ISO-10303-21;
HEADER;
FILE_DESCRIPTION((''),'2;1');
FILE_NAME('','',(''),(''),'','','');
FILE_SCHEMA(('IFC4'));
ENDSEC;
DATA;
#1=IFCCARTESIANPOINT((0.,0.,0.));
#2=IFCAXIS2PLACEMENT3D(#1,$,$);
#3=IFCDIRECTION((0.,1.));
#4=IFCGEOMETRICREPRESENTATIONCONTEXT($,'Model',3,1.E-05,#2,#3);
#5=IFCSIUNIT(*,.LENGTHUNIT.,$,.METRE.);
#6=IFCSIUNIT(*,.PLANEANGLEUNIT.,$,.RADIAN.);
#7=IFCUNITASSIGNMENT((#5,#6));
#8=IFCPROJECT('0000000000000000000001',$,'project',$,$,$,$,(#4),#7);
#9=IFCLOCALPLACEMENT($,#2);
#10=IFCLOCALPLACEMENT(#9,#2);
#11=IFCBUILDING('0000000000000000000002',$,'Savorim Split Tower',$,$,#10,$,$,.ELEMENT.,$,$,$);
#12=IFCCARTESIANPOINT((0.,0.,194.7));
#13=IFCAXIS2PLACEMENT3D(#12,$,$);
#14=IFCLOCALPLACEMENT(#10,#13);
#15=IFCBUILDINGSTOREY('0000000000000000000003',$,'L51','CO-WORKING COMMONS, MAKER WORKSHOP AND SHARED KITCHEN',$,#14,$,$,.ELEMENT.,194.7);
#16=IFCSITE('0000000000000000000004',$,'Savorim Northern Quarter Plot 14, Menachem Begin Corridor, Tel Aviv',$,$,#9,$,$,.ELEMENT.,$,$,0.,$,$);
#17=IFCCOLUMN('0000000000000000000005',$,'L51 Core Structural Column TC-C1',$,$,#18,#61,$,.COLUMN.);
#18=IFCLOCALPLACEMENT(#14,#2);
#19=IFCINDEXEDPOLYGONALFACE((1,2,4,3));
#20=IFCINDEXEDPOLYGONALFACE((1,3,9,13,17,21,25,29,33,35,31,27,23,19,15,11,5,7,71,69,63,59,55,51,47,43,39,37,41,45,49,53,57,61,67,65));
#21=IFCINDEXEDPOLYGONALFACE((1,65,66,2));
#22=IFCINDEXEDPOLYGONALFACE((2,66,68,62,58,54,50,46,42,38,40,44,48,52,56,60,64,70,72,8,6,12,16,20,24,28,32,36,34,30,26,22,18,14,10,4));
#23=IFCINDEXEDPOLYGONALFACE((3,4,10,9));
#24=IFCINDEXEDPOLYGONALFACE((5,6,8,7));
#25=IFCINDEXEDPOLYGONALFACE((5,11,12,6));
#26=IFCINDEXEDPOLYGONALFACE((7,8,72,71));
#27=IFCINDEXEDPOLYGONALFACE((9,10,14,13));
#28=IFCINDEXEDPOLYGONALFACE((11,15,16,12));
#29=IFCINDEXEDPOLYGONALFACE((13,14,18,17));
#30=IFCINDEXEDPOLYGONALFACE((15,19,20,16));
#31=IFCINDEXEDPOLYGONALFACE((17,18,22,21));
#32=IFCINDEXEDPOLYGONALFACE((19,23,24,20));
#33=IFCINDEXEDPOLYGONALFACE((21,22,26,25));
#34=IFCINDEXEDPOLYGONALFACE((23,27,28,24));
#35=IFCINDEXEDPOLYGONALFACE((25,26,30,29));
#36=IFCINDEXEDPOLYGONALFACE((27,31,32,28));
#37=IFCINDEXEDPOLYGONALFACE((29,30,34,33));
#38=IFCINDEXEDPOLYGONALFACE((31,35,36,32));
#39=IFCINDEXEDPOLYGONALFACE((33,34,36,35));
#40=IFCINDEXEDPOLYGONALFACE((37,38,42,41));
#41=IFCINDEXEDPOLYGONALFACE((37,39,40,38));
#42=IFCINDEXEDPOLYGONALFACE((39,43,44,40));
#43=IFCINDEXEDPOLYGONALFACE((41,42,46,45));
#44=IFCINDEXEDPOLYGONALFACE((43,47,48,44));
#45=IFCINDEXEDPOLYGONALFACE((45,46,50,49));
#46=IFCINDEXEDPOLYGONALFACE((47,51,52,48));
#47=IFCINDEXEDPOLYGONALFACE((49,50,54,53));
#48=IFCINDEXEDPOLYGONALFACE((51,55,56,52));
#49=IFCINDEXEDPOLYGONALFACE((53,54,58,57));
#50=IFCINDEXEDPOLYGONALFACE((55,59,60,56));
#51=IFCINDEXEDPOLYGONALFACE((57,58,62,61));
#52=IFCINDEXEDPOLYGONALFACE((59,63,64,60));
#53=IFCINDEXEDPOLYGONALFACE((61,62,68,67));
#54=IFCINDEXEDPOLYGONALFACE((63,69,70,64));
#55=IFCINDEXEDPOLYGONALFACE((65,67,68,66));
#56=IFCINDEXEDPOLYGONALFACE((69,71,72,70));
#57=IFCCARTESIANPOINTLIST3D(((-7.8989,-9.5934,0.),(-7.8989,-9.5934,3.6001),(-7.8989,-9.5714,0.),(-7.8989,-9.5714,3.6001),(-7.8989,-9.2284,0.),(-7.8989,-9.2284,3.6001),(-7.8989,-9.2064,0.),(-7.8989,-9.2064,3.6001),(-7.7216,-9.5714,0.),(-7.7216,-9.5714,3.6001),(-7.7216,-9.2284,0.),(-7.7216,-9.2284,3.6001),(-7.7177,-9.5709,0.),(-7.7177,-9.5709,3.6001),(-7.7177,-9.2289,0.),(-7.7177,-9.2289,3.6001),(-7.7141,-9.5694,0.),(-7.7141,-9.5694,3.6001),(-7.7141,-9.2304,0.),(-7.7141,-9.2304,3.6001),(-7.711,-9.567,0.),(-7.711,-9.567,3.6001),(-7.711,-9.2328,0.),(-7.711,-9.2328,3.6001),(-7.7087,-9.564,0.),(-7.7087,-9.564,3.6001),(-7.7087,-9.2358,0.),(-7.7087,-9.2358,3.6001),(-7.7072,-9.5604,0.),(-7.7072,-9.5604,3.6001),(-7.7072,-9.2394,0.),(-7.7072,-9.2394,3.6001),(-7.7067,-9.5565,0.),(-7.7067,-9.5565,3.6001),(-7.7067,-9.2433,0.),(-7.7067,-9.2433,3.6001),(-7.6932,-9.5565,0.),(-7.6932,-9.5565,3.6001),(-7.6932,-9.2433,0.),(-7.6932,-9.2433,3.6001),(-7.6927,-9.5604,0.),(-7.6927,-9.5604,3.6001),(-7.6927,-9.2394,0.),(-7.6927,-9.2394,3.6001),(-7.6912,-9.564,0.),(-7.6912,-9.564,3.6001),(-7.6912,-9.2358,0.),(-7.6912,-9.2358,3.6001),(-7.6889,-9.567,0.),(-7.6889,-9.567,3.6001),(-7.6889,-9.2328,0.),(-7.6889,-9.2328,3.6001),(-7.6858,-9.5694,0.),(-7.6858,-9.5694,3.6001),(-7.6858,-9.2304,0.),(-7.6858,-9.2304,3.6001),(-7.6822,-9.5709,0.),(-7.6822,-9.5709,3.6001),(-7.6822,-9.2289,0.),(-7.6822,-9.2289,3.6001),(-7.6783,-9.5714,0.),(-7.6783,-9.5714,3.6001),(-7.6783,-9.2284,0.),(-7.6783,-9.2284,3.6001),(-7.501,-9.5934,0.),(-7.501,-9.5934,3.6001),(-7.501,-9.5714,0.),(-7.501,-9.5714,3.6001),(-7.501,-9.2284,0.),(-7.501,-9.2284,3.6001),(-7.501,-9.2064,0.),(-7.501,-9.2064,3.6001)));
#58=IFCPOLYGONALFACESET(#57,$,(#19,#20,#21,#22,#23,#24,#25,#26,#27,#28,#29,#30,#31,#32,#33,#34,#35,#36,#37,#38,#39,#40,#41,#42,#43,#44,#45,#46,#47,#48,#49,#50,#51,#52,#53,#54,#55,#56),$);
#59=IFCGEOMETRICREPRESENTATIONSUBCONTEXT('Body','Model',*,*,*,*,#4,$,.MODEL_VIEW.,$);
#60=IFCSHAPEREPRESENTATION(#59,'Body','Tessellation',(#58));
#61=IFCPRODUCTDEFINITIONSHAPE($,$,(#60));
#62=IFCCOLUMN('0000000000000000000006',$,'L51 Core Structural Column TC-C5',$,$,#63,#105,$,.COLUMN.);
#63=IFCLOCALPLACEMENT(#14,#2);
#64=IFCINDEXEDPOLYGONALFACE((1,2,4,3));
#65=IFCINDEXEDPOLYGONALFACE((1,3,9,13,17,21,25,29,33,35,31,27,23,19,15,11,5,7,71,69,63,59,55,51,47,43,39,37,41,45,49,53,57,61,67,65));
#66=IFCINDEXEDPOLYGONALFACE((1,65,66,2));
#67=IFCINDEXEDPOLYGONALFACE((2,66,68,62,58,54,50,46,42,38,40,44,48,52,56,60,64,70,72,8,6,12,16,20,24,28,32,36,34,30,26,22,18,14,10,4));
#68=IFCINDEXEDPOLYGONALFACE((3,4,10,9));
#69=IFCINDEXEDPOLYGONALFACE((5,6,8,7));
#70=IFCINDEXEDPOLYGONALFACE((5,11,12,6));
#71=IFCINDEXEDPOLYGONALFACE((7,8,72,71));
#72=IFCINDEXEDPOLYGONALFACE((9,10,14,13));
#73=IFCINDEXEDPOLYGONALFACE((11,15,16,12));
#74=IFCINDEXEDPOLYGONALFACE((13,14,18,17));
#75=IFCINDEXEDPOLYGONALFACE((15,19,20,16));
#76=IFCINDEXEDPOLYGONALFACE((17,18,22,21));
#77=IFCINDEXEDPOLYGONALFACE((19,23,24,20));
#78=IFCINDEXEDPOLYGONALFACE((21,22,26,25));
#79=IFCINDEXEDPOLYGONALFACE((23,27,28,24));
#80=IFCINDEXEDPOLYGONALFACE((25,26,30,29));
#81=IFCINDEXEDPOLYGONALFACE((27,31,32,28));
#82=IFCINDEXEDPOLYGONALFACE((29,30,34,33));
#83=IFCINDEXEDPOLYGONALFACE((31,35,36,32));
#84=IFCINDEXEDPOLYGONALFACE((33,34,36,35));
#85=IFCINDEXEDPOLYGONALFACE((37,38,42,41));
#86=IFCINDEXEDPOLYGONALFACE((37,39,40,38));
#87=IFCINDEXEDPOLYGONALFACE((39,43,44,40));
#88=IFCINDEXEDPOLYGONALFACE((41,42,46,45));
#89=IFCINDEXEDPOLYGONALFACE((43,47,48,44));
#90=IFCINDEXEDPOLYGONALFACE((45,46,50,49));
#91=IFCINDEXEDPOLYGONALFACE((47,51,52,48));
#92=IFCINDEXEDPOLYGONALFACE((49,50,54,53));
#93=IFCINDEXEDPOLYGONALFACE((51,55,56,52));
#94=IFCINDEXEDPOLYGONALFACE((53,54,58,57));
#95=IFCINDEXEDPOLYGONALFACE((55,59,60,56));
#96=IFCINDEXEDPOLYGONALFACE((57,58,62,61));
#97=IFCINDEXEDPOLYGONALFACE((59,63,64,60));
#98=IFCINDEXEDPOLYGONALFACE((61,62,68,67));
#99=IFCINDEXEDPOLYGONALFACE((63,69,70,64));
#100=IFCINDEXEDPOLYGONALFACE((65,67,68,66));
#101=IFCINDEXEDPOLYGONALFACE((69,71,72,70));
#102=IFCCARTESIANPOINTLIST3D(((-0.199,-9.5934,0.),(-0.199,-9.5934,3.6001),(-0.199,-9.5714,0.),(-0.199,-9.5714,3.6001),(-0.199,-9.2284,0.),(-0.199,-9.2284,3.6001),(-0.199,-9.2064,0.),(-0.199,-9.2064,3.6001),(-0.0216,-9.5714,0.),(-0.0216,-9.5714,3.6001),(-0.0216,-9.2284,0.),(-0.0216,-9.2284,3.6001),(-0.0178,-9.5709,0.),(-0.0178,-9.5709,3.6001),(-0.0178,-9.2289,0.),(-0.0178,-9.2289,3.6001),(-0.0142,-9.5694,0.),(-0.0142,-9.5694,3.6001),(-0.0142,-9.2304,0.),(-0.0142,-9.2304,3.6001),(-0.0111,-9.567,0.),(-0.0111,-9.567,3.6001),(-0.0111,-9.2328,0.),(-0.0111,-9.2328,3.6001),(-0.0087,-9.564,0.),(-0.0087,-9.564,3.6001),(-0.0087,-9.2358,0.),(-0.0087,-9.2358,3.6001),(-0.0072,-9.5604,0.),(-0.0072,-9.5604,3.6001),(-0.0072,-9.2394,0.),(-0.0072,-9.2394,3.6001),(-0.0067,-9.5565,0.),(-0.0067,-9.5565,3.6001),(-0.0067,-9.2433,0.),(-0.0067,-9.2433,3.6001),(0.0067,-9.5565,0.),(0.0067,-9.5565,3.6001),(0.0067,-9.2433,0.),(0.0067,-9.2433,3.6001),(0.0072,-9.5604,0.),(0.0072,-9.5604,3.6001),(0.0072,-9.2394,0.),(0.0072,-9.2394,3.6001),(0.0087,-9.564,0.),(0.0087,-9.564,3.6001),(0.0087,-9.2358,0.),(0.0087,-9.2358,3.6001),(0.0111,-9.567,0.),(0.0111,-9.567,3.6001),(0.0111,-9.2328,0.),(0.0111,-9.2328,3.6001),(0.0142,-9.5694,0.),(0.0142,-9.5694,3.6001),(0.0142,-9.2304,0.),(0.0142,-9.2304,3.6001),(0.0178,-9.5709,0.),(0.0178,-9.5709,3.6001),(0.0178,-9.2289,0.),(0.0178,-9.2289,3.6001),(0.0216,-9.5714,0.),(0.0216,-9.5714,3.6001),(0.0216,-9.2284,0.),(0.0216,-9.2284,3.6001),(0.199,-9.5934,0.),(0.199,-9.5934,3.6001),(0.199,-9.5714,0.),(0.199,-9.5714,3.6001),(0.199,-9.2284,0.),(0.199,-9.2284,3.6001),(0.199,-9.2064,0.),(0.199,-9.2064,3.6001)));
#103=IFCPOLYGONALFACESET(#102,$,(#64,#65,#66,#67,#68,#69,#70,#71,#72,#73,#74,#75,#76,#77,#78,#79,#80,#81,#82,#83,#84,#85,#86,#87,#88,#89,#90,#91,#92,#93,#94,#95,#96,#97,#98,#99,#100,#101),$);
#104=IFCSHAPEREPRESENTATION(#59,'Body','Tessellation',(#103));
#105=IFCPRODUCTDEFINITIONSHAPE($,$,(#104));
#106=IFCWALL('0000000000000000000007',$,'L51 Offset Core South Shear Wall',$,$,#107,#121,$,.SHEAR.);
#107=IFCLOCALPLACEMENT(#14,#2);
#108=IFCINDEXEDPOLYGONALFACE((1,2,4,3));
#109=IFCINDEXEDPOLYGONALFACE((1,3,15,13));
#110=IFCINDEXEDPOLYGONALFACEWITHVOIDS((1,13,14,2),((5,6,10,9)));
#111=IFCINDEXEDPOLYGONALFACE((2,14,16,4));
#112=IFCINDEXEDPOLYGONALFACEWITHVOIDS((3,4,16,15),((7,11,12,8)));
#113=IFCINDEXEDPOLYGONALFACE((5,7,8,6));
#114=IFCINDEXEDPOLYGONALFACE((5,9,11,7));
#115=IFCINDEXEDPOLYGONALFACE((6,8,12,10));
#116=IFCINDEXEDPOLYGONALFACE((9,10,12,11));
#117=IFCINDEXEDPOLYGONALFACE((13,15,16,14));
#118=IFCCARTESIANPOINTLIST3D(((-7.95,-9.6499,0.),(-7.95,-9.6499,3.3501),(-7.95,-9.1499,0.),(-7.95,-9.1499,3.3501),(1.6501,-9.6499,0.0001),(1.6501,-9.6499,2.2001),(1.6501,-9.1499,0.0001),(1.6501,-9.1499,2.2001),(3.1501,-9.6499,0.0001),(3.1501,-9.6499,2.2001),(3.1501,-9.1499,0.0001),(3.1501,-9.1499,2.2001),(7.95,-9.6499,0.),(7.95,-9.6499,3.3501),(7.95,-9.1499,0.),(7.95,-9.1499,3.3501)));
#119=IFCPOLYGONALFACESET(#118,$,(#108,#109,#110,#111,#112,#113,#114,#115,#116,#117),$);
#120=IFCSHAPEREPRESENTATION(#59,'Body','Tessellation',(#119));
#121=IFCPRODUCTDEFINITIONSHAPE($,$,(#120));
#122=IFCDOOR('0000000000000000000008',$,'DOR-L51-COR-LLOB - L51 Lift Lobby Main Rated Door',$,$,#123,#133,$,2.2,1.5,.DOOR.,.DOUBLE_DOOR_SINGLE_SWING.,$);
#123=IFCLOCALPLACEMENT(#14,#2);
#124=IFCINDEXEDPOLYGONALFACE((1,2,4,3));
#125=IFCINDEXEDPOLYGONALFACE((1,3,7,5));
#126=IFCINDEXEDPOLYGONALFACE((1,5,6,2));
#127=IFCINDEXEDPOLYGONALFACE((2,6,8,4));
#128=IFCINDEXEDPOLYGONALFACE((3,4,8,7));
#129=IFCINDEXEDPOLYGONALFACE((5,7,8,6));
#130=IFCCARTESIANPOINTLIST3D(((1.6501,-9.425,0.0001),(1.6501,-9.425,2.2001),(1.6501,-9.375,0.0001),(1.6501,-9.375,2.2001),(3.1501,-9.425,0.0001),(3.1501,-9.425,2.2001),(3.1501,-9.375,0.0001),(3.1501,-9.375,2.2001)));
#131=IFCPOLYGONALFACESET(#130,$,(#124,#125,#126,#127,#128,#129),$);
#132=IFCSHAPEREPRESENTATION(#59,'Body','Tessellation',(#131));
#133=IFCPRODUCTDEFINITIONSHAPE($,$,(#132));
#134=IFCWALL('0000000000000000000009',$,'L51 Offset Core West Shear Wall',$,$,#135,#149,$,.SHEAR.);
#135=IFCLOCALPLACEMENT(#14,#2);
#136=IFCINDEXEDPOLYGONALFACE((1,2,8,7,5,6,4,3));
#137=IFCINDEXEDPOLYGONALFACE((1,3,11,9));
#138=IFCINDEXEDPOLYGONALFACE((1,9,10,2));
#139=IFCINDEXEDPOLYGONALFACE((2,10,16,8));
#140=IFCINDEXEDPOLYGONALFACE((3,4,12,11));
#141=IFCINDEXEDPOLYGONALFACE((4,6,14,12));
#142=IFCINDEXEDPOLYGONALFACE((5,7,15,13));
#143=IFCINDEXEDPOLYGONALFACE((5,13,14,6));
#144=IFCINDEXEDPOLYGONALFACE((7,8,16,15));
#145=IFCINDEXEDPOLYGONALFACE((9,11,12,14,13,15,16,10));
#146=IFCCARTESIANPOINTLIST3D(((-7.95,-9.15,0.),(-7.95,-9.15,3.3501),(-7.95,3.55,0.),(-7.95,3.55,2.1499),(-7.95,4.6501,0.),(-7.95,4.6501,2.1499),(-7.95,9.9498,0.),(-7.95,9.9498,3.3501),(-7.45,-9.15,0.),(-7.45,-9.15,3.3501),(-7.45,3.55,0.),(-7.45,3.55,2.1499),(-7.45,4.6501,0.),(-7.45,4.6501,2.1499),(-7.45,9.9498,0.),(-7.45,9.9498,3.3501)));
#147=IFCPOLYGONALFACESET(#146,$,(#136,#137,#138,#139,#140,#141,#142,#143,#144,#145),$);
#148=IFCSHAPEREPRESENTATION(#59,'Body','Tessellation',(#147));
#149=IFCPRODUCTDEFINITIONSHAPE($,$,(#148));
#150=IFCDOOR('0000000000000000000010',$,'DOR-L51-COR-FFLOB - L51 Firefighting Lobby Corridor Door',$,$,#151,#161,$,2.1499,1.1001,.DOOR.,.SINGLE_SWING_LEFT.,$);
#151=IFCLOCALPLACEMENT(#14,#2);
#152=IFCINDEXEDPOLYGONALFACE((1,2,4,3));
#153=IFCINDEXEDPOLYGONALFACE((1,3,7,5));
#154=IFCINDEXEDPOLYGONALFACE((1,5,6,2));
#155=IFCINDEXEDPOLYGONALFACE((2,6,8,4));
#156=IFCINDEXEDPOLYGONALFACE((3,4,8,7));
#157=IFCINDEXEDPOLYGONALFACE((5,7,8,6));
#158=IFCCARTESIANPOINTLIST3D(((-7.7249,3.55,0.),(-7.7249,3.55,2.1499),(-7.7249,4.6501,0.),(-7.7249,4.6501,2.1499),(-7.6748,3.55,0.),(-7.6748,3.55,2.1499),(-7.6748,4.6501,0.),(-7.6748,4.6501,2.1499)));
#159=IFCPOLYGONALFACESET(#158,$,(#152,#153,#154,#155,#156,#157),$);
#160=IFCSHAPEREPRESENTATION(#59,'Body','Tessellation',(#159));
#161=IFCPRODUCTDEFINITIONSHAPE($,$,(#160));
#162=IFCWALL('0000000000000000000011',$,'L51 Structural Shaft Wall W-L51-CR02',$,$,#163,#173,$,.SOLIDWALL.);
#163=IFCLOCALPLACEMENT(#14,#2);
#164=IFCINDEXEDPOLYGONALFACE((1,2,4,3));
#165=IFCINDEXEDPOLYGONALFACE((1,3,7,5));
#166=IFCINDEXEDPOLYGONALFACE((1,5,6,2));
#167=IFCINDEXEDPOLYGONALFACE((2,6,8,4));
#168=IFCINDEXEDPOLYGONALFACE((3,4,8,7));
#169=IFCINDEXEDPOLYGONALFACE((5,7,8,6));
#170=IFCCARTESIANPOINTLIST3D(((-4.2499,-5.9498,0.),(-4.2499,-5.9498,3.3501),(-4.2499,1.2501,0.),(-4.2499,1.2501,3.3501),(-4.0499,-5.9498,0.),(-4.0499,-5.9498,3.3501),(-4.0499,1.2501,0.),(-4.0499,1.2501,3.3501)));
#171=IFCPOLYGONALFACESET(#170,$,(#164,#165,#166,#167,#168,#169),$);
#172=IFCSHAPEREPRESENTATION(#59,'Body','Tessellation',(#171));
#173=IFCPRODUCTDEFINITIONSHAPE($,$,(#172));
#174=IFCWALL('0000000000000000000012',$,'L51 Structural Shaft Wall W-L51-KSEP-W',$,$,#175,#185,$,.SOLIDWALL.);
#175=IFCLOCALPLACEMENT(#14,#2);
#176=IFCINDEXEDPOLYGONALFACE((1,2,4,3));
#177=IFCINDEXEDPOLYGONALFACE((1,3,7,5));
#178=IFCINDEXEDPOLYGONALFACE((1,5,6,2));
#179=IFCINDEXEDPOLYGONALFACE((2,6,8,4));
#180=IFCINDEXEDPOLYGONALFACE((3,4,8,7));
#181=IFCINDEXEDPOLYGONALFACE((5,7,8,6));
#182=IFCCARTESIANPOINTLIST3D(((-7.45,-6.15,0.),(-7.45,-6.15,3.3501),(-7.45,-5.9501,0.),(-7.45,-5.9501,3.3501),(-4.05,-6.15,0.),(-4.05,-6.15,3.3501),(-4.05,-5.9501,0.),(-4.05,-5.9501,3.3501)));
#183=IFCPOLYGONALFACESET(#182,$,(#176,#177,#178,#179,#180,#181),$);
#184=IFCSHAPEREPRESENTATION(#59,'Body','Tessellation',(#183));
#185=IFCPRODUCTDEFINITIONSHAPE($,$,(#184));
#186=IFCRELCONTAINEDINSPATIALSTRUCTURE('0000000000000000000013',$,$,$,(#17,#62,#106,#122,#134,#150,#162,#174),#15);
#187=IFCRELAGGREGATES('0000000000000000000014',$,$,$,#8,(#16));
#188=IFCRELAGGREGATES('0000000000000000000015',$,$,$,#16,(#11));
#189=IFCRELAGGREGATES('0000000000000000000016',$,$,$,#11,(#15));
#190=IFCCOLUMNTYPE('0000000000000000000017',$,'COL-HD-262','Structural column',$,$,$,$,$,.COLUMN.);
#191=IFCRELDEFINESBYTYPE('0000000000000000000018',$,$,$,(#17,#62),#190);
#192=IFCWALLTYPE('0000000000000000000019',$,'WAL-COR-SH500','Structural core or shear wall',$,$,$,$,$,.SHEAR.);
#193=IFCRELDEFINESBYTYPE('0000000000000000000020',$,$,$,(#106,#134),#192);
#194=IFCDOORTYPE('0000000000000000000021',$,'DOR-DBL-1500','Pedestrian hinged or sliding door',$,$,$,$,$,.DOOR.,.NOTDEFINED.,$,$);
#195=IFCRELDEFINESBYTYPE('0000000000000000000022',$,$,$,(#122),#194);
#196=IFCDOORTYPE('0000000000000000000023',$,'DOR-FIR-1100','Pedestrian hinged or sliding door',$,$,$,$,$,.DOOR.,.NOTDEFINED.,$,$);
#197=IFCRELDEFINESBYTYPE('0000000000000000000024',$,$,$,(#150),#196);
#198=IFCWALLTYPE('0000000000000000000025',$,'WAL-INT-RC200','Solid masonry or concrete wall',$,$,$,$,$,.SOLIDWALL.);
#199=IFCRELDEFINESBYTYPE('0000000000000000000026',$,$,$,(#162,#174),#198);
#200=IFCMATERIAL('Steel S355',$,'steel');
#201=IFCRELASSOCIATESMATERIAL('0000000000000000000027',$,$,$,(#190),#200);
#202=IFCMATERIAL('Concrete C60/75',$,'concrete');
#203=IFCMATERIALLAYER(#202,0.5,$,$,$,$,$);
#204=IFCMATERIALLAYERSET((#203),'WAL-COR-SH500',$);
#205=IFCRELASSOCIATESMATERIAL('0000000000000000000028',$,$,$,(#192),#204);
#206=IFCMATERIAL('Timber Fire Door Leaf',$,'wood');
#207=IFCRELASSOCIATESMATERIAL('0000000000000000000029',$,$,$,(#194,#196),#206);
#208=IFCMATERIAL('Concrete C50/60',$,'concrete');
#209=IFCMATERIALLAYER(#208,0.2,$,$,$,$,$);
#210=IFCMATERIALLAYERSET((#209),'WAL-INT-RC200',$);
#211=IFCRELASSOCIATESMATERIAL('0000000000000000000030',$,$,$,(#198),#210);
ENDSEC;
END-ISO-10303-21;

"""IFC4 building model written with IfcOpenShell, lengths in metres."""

from ifc_helpers import new_model, si_unit, direction, frame, frame_2d, origin, origin_2d, place, context, subcontext, project, spatial, rectangle, i_section, extrude, material, layer, layer_set, material_profile, profile_set, type_object, element, fill, save


model = new_model("IFC4")

# Units and contexts
model_context = context("Model", 3, precision=1e-05, world=origin(), true_north=direction((0.0, 1.0)))
body_context = subcontext(model_context, "Body", "Model", "MODEL_VIEW")
ifc_project = project(units=[si_unit("LENGTHUNIT", "METRE"), si_unit("PLANEANGLEUNIT", "RADIAN")], contexts=[model_context])

# Site, building, storey
site_placement = place(None, origin())
site = spatial("IfcSite", under=ifc_project, at=site_placement, Name="Savorim Northern Quarter Plot 14, Menachem Begin Corridor, Tel Aviv", CompositionType="ELEMENT", RefElevation=0.0)
building_placement = place(site_placement, origin())
building = spatial("IfcBuilding", under=site, at=building_placement, Name="Savorim Split Tower", CompositionType="ELEMENT")
storey_placement = place(building_placement, frame((0.0, 0.0, 194.7)))
storey = spatial("IfcBuildingStorey", under=building, at=storey_placement, Name="L51", Description="CO-WORKING COMMONS, MAKER WORKSHOP AND SHARED KITCHEN", CompositionType="ELEMENT", Elevation=194.7)

# Columns
ifc_material_1 = material(Name="Steel S355", Category="steel")
ifc_material_profile = material_profile(ifc_material_1, i_section(OverallWidth=0.3979, OverallDepth=0.387, WebThickness=0.0134, FlangeThickness=0.022, FilletRadius=0.0149, at=origin_2d()), Name="HD 400x262")
ifc_profile_set = profile_set([ifc_material_profile], Name="Steel S355")
column_type = type_object("IfcColumnType", Name="COL-HD-262", Description="Structural column", PredefinedType="COLUMN", material=ifc_profile_set)
for number, where, z_axis, x_axis, name in (
    (1, (-7.7, -9.3999, 0.0), (0.0, 0.0, 1.0), (1.0, 0.0, 0.0), "L51 Core Structural Column TC-C1"),
    (2, (0.0, -9.3999, 0.0), (0.0, 0.0, 1.0), (1.0, 0.0, 0.0), "L51 Core Structural Column TC-C5"),
):
    element("IfcColumn", number, at=place(storey_placement, frame(where, z_axis=z_axis, x_axis=x_axis)), inside=storey, type_object=column_type, Name=name, PredefinedType="COLUMN", context=body_context, shape_type="SweptSolid", body=[
        extrude(i_section(OverallWidth=0.3979, OverallDepth=0.387, WebThickness=0.0134, FlangeThickness=0.022, FilletRadius=0.0149, at=origin_2d()), origin(), (0.0, 0.0, 1.0), 3.6001),
    ])

# Walls, openings, doors
ifc_material_2 = material(Name="Concrete C60/75", Category="concrete")
ifc_layer_1 = layer(ifc_material_2, 0.5)
ifc_layer_set_1 = layer_set([ifc_layer_1], Name="WAL-COR-SH500")
wall_type_1 = type_object("IfcWallType", Name="WAL-COR-SH500", Description="Structural core or shear wall", PredefinedType="SHEAR", material=ifc_layer_set_1)
wall_1_placement = place(storey_placement, frame((-7.95, -9.3999, 0.0), z_axis=(0.0, 0.0, 1.0), x_axis=(1.0, 0.0, 0.0)))
wall_1 = element("IfcWall", 3, at=wall_1_placement, inside=storey, type_object=wall_type_1, Name="L51 Offset Core South Shear Wall", PredefinedType="SHEAR", context=body_context, shape_type="SweptSolid", body=[
    extrude(rectangle(XDim=15.8999, YDim=0.5, at=frame_2d((7.95, 0.0))), origin(), (0.0, 0.0, 1.0), 3.3501),
])
opening_1_placement = place(wall_1_placement, frame((9.6001, 0.0, 0.0)))
opening_1 = element("IfcOpeningElement", 4, at=opening_1_placement, cuts=wall_1, PredefinedType="OPENING", context=body_context, shape_type="SweptSolid", body=[
    extrude(rectangle(XDim=1.5, YDim=2.2, at=frame_2d((0.75, 1.1001))), frame((0.0, 0.26, 0.0), z_axis=(0.0, -1.0, 0.0), x_axis=(1.0, 0.0, 0.0)), (0.0, 0.0, 1.0), 0.52),
])
ifc_material_3 = material(Name="Timber Fire Door Leaf", Category="wood")
door_type_1 = type_object("IfcDoorType", Name="DOR-DBL-1500", Description="Pedestrian hinged or sliding door", OperationType="NOTDEFINED", PredefinedType="DOOR", material=ifc_material_3)
door_1_placement = place(opening_1_placement, origin())
door_1 = element("IfcDoor", 5, at=door_1_placement, inside=storey, type_object=door_type_1, Name="DOR-L51-COR-LLOB - L51 Lift Lobby Main Rated Door", OperationType="DOUBLE_DOOR_SINGLE_SWING", OverallHeight=2.2, OverallWidth=1.5, PredefinedType="DOOR", context=body_context, shape_type="SweptSolid", body=[
    extrude(rectangle(XDim=1.5, YDim=2.2, at=frame_2d((0.75, 1.1001))), frame((0.0, 0.0249, 0.0), z_axis=(0.0, -1.0, 0.0), x_axis=(1.0, 0.0, 0.0)), (0.0, 0.0, 1.0), 0.05),
])
fill(opening_1, door_1)
wall_2_placement = place(storey_placement, frame((-7.7, -9.1499, 0.0), z_axis=(0.0, 0.0, 1.0), x_axis=(0.0, 1.0, 0.0)))
wall_2 = element("IfcWall", 6, at=wall_2_placement, inside=storey, type_object=wall_type_1, Name="L51 Offset Core West Shear Wall", PredefinedType="SHEAR", context=body_context, shape_type="SweptSolid", body=[
    extrude(rectangle(XDim=19.0999, YDim=0.5, at=frame_2d((9.5498, 0.0))), origin(), (0.0, 0.0, 1.0), 3.3501),
])
opening_2_placement = place(wall_2_placement, frame((12.7, 0.0, 0.0)))
opening_2 = element("IfcOpeningElement", 7, at=opening_2_placement, cuts=wall_2, PredefinedType="OPENING", context=body_context, shape_type="SweptSolid", body=[
    extrude(rectangle(XDim=1.1001, YDim=2.1499, at=frame_2d((0.55, 1.075))), frame((0.0, 0.26, 0.0), z_axis=(0.0, -1.0, 0.0), x_axis=(1.0, 0.0, 0.0)), (0.0, 0.0, 1.0), 0.52),
])
door_type_2 = type_object("IfcDoorType", Name="DOR-FIR-1100", Description="Pedestrian hinged or sliding door", OperationType="NOTDEFINED", PredefinedType="DOOR", material=ifc_material_3)
door_2_placement = place(opening_2_placement, origin())
door_2 = element("IfcDoor", 8, at=door_2_placement, inside=storey, type_object=door_type_2, Name="DOR-L51-COR-FFLOB - L51 Firefighting Lobby Corridor Door", OperationType="SINGLE_SWING_LEFT", OverallHeight=2.1499, OverallWidth=1.1001, PredefinedType="DOOR", context=body_context, shape_type="SweptSolid", body=[
    extrude(rectangle(XDim=1.1001, YDim=2.1499, at=frame_2d((0.55, 1.075))), frame((0.0, 0.0249, 0.0), z_axis=(0.0, -1.0, 0.0), x_axis=(1.0, 0.0, 0.0)), (0.0, 0.0, 1.0), 0.05),
])
fill(opening_2, door_2)

# Wall
ifc_material_4 = material(Name="Concrete C50/60", Category="concrete")
ifc_layer_2 = layer(ifc_material_4, 0.2)
ifc_layer_set_2 = layer_set([ifc_layer_2], Name="WAL-INT-RC200")
wall_type_2 = type_object("IfcWallType", Name="WAL-INT-RC200", Description="Solid masonry or concrete wall", PredefinedType="SOLIDWALL", material=ifc_layer_set_2)
wall_3_placement = place(storey_placement, frame((-4.1499, -5.95, 0.0), z_axis=(0.0, 0.0, 1.0), x_axis=(0.0, 1.0, 0.0)))
element("IfcWall", 9, at=wall_3_placement, inside=storey, type_object=wall_type_2, Name="L51 Structural Shaft Wall W-L51-CR02", PredefinedType="SOLIDWALL", context=body_context, shape_type="SweptSolid", body=[
    extrude(rectangle(XDim=7.2, YDim=0.2, at=frame_2d((3.6001, 0.0))), origin(), (0.0, 0.0, 1.0), 3.3501),
])

# Wall
wall_4_placement = place(storey_placement, frame((-7.45, -6.05, 0.0), z_axis=(0.0, 0.0, 1.0), x_axis=(1.0, 0.0, 0.0)))
element("IfcWall", 10, at=wall_4_placement, inside=storey, type_object=wall_type_2, Name="L51 Structural Shaft Wall W-L51-KSEP-W", PredefinedType="SOLIDWALL", context=body_context, shape_type="SweptSolid", body=[
    extrude(rectangle(XDim=3.3999, YDim=0.2, at=frame_2d((1.7, 0.0))), origin(), (0.0, 0.0, 1.0), 3.3501),
])

save(model, "model.ifc")
